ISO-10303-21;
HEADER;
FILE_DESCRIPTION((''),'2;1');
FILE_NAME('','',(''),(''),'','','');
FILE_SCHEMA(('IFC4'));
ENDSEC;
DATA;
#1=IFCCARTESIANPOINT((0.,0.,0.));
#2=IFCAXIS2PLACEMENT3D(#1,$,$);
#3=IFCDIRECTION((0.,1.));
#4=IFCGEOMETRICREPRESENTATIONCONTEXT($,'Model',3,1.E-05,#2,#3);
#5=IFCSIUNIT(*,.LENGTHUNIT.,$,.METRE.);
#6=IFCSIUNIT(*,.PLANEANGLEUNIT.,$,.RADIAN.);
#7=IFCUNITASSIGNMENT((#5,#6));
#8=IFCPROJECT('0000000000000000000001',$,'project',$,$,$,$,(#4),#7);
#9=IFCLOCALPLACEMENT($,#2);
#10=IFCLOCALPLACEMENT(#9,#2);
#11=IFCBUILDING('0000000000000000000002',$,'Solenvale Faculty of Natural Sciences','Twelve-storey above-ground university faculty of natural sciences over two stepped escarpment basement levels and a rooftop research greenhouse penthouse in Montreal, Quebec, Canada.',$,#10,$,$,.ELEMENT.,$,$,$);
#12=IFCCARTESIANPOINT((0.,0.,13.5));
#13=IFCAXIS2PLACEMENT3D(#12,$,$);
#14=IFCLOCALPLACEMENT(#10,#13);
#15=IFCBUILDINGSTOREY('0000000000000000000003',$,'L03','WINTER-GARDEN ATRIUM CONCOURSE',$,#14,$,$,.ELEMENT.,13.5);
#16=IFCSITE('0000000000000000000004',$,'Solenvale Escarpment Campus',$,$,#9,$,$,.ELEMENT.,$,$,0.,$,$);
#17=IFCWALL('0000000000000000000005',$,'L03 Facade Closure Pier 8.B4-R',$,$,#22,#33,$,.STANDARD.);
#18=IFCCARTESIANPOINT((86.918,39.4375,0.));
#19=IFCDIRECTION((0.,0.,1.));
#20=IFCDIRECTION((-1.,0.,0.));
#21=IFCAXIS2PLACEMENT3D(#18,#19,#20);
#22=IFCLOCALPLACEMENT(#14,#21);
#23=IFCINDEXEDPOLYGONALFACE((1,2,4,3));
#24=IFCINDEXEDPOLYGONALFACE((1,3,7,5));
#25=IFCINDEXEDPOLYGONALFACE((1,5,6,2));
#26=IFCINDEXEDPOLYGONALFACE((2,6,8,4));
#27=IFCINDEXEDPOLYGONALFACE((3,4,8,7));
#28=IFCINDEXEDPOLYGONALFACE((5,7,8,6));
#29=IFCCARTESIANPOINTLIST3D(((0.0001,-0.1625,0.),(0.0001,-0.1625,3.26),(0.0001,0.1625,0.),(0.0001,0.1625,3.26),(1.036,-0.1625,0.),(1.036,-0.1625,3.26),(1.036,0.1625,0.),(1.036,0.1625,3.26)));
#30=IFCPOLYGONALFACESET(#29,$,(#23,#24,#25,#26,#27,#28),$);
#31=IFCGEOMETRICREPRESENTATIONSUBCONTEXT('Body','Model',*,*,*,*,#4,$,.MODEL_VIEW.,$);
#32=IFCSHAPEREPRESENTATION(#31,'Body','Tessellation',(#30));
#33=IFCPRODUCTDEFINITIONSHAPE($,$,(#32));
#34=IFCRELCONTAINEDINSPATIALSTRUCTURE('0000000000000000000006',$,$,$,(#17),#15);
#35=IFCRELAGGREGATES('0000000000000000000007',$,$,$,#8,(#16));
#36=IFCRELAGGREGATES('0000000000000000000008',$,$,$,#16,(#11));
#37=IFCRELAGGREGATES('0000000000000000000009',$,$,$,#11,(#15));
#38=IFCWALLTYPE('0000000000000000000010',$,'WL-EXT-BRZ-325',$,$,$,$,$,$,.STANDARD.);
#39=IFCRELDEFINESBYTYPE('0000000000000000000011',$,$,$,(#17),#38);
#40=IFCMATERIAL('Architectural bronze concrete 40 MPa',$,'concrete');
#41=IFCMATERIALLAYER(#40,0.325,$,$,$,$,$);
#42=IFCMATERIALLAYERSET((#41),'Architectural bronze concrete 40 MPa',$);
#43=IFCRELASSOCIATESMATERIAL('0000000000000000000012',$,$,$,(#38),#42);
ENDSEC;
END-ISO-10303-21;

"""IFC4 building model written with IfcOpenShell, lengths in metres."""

from ifc_helpers import new_model, si_unit, direction, frame, frame_2d, origin, place, context, subcontext, project, spatial, rectangle, extrude, material, layer, layer_set, type_object, element, save


model = new_model("IFC4")

# Units and contexts
model_context = context("Model", 3, precision=1e-05, world=origin(), true_north=direction((0.0, 1.0)))
body_context = subcontext(model_context, "Body", "Model", "MODEL_VIEW")
ifc_project = project(units=[si_unit("LENGTHUNIT", "METRE"), si_unit("PLANEANGLEUNIT", "RADIAN")], contexts=[model_context])

# Site, building, storey
site_placement = place(None, origin())
site = spatial("IfcSite", under=ifc_project, at=site_placement, Name="Solenvale Escarpment Campus", CompositionType="ELEMENT", RefElevation=0.0)
building_placement = place(site_placement, origin())
building = spatial("IfcBuilding", under=site, at=building_placement, Name="Solenvale Faculty of Natural Sciences", Description="Twelve-storey above-ground university faculty of natural sciences over two stepped escarpment basement levels and a rooftop research greenhouse penthouse in Montreal, Quebec, Canada.", CompositionType="ELEMENT")
storey_placement = place(building_placement, frame((0.0, 0.0, 13.5)))
storey = spatial("IfcBuildingStorey", under=building, at=storey_placement, Name="L03", Description="WINTER-GARDEN ATRIUM CONCOURSE", CompositionType="ELEMENT", Elevation=13.5)

# Shared definitions
ifc_material_1 = material(Name="Architectural bronze concrete 40 MPa", Category="concrete")

# Wall
ifc_layer_1 = layer(ifc_material_1, 0.325)
ifc_layer_set_1 = layer_set([ifc_layer_1], Name="Architectural bronze concrete 40 MPa")
wall_type_1 = type_object("IfcWallType", Name="WL-EXT-BRZ-325", PredefinedType="STANDARD", material=ifc_layer_set_1)
wall_1_placement = place(storey_placement, frame((86.918, 39.4375, 0.0), z_axis=(0.0, 0.0, 1.0), x_axis=(-1.0, 0.0, 0.0)))
element("IfcWall", 1, at=wall_1_placement, inside=storey, type_object=wall_type_1, Name="L03 Facade Closure Pier 8.B4-R", PredefinedType="STANDARD", context=body_context, shape_type="SweptSolid", body=[
    extrude(rectangle(XDim=1.0359, YDim=0.325, at=frame_2d((0.5181, 0.0))), origin(), (0.0, 0.0, 1.0), 3.26),
])

save(model, "model.ifc")
